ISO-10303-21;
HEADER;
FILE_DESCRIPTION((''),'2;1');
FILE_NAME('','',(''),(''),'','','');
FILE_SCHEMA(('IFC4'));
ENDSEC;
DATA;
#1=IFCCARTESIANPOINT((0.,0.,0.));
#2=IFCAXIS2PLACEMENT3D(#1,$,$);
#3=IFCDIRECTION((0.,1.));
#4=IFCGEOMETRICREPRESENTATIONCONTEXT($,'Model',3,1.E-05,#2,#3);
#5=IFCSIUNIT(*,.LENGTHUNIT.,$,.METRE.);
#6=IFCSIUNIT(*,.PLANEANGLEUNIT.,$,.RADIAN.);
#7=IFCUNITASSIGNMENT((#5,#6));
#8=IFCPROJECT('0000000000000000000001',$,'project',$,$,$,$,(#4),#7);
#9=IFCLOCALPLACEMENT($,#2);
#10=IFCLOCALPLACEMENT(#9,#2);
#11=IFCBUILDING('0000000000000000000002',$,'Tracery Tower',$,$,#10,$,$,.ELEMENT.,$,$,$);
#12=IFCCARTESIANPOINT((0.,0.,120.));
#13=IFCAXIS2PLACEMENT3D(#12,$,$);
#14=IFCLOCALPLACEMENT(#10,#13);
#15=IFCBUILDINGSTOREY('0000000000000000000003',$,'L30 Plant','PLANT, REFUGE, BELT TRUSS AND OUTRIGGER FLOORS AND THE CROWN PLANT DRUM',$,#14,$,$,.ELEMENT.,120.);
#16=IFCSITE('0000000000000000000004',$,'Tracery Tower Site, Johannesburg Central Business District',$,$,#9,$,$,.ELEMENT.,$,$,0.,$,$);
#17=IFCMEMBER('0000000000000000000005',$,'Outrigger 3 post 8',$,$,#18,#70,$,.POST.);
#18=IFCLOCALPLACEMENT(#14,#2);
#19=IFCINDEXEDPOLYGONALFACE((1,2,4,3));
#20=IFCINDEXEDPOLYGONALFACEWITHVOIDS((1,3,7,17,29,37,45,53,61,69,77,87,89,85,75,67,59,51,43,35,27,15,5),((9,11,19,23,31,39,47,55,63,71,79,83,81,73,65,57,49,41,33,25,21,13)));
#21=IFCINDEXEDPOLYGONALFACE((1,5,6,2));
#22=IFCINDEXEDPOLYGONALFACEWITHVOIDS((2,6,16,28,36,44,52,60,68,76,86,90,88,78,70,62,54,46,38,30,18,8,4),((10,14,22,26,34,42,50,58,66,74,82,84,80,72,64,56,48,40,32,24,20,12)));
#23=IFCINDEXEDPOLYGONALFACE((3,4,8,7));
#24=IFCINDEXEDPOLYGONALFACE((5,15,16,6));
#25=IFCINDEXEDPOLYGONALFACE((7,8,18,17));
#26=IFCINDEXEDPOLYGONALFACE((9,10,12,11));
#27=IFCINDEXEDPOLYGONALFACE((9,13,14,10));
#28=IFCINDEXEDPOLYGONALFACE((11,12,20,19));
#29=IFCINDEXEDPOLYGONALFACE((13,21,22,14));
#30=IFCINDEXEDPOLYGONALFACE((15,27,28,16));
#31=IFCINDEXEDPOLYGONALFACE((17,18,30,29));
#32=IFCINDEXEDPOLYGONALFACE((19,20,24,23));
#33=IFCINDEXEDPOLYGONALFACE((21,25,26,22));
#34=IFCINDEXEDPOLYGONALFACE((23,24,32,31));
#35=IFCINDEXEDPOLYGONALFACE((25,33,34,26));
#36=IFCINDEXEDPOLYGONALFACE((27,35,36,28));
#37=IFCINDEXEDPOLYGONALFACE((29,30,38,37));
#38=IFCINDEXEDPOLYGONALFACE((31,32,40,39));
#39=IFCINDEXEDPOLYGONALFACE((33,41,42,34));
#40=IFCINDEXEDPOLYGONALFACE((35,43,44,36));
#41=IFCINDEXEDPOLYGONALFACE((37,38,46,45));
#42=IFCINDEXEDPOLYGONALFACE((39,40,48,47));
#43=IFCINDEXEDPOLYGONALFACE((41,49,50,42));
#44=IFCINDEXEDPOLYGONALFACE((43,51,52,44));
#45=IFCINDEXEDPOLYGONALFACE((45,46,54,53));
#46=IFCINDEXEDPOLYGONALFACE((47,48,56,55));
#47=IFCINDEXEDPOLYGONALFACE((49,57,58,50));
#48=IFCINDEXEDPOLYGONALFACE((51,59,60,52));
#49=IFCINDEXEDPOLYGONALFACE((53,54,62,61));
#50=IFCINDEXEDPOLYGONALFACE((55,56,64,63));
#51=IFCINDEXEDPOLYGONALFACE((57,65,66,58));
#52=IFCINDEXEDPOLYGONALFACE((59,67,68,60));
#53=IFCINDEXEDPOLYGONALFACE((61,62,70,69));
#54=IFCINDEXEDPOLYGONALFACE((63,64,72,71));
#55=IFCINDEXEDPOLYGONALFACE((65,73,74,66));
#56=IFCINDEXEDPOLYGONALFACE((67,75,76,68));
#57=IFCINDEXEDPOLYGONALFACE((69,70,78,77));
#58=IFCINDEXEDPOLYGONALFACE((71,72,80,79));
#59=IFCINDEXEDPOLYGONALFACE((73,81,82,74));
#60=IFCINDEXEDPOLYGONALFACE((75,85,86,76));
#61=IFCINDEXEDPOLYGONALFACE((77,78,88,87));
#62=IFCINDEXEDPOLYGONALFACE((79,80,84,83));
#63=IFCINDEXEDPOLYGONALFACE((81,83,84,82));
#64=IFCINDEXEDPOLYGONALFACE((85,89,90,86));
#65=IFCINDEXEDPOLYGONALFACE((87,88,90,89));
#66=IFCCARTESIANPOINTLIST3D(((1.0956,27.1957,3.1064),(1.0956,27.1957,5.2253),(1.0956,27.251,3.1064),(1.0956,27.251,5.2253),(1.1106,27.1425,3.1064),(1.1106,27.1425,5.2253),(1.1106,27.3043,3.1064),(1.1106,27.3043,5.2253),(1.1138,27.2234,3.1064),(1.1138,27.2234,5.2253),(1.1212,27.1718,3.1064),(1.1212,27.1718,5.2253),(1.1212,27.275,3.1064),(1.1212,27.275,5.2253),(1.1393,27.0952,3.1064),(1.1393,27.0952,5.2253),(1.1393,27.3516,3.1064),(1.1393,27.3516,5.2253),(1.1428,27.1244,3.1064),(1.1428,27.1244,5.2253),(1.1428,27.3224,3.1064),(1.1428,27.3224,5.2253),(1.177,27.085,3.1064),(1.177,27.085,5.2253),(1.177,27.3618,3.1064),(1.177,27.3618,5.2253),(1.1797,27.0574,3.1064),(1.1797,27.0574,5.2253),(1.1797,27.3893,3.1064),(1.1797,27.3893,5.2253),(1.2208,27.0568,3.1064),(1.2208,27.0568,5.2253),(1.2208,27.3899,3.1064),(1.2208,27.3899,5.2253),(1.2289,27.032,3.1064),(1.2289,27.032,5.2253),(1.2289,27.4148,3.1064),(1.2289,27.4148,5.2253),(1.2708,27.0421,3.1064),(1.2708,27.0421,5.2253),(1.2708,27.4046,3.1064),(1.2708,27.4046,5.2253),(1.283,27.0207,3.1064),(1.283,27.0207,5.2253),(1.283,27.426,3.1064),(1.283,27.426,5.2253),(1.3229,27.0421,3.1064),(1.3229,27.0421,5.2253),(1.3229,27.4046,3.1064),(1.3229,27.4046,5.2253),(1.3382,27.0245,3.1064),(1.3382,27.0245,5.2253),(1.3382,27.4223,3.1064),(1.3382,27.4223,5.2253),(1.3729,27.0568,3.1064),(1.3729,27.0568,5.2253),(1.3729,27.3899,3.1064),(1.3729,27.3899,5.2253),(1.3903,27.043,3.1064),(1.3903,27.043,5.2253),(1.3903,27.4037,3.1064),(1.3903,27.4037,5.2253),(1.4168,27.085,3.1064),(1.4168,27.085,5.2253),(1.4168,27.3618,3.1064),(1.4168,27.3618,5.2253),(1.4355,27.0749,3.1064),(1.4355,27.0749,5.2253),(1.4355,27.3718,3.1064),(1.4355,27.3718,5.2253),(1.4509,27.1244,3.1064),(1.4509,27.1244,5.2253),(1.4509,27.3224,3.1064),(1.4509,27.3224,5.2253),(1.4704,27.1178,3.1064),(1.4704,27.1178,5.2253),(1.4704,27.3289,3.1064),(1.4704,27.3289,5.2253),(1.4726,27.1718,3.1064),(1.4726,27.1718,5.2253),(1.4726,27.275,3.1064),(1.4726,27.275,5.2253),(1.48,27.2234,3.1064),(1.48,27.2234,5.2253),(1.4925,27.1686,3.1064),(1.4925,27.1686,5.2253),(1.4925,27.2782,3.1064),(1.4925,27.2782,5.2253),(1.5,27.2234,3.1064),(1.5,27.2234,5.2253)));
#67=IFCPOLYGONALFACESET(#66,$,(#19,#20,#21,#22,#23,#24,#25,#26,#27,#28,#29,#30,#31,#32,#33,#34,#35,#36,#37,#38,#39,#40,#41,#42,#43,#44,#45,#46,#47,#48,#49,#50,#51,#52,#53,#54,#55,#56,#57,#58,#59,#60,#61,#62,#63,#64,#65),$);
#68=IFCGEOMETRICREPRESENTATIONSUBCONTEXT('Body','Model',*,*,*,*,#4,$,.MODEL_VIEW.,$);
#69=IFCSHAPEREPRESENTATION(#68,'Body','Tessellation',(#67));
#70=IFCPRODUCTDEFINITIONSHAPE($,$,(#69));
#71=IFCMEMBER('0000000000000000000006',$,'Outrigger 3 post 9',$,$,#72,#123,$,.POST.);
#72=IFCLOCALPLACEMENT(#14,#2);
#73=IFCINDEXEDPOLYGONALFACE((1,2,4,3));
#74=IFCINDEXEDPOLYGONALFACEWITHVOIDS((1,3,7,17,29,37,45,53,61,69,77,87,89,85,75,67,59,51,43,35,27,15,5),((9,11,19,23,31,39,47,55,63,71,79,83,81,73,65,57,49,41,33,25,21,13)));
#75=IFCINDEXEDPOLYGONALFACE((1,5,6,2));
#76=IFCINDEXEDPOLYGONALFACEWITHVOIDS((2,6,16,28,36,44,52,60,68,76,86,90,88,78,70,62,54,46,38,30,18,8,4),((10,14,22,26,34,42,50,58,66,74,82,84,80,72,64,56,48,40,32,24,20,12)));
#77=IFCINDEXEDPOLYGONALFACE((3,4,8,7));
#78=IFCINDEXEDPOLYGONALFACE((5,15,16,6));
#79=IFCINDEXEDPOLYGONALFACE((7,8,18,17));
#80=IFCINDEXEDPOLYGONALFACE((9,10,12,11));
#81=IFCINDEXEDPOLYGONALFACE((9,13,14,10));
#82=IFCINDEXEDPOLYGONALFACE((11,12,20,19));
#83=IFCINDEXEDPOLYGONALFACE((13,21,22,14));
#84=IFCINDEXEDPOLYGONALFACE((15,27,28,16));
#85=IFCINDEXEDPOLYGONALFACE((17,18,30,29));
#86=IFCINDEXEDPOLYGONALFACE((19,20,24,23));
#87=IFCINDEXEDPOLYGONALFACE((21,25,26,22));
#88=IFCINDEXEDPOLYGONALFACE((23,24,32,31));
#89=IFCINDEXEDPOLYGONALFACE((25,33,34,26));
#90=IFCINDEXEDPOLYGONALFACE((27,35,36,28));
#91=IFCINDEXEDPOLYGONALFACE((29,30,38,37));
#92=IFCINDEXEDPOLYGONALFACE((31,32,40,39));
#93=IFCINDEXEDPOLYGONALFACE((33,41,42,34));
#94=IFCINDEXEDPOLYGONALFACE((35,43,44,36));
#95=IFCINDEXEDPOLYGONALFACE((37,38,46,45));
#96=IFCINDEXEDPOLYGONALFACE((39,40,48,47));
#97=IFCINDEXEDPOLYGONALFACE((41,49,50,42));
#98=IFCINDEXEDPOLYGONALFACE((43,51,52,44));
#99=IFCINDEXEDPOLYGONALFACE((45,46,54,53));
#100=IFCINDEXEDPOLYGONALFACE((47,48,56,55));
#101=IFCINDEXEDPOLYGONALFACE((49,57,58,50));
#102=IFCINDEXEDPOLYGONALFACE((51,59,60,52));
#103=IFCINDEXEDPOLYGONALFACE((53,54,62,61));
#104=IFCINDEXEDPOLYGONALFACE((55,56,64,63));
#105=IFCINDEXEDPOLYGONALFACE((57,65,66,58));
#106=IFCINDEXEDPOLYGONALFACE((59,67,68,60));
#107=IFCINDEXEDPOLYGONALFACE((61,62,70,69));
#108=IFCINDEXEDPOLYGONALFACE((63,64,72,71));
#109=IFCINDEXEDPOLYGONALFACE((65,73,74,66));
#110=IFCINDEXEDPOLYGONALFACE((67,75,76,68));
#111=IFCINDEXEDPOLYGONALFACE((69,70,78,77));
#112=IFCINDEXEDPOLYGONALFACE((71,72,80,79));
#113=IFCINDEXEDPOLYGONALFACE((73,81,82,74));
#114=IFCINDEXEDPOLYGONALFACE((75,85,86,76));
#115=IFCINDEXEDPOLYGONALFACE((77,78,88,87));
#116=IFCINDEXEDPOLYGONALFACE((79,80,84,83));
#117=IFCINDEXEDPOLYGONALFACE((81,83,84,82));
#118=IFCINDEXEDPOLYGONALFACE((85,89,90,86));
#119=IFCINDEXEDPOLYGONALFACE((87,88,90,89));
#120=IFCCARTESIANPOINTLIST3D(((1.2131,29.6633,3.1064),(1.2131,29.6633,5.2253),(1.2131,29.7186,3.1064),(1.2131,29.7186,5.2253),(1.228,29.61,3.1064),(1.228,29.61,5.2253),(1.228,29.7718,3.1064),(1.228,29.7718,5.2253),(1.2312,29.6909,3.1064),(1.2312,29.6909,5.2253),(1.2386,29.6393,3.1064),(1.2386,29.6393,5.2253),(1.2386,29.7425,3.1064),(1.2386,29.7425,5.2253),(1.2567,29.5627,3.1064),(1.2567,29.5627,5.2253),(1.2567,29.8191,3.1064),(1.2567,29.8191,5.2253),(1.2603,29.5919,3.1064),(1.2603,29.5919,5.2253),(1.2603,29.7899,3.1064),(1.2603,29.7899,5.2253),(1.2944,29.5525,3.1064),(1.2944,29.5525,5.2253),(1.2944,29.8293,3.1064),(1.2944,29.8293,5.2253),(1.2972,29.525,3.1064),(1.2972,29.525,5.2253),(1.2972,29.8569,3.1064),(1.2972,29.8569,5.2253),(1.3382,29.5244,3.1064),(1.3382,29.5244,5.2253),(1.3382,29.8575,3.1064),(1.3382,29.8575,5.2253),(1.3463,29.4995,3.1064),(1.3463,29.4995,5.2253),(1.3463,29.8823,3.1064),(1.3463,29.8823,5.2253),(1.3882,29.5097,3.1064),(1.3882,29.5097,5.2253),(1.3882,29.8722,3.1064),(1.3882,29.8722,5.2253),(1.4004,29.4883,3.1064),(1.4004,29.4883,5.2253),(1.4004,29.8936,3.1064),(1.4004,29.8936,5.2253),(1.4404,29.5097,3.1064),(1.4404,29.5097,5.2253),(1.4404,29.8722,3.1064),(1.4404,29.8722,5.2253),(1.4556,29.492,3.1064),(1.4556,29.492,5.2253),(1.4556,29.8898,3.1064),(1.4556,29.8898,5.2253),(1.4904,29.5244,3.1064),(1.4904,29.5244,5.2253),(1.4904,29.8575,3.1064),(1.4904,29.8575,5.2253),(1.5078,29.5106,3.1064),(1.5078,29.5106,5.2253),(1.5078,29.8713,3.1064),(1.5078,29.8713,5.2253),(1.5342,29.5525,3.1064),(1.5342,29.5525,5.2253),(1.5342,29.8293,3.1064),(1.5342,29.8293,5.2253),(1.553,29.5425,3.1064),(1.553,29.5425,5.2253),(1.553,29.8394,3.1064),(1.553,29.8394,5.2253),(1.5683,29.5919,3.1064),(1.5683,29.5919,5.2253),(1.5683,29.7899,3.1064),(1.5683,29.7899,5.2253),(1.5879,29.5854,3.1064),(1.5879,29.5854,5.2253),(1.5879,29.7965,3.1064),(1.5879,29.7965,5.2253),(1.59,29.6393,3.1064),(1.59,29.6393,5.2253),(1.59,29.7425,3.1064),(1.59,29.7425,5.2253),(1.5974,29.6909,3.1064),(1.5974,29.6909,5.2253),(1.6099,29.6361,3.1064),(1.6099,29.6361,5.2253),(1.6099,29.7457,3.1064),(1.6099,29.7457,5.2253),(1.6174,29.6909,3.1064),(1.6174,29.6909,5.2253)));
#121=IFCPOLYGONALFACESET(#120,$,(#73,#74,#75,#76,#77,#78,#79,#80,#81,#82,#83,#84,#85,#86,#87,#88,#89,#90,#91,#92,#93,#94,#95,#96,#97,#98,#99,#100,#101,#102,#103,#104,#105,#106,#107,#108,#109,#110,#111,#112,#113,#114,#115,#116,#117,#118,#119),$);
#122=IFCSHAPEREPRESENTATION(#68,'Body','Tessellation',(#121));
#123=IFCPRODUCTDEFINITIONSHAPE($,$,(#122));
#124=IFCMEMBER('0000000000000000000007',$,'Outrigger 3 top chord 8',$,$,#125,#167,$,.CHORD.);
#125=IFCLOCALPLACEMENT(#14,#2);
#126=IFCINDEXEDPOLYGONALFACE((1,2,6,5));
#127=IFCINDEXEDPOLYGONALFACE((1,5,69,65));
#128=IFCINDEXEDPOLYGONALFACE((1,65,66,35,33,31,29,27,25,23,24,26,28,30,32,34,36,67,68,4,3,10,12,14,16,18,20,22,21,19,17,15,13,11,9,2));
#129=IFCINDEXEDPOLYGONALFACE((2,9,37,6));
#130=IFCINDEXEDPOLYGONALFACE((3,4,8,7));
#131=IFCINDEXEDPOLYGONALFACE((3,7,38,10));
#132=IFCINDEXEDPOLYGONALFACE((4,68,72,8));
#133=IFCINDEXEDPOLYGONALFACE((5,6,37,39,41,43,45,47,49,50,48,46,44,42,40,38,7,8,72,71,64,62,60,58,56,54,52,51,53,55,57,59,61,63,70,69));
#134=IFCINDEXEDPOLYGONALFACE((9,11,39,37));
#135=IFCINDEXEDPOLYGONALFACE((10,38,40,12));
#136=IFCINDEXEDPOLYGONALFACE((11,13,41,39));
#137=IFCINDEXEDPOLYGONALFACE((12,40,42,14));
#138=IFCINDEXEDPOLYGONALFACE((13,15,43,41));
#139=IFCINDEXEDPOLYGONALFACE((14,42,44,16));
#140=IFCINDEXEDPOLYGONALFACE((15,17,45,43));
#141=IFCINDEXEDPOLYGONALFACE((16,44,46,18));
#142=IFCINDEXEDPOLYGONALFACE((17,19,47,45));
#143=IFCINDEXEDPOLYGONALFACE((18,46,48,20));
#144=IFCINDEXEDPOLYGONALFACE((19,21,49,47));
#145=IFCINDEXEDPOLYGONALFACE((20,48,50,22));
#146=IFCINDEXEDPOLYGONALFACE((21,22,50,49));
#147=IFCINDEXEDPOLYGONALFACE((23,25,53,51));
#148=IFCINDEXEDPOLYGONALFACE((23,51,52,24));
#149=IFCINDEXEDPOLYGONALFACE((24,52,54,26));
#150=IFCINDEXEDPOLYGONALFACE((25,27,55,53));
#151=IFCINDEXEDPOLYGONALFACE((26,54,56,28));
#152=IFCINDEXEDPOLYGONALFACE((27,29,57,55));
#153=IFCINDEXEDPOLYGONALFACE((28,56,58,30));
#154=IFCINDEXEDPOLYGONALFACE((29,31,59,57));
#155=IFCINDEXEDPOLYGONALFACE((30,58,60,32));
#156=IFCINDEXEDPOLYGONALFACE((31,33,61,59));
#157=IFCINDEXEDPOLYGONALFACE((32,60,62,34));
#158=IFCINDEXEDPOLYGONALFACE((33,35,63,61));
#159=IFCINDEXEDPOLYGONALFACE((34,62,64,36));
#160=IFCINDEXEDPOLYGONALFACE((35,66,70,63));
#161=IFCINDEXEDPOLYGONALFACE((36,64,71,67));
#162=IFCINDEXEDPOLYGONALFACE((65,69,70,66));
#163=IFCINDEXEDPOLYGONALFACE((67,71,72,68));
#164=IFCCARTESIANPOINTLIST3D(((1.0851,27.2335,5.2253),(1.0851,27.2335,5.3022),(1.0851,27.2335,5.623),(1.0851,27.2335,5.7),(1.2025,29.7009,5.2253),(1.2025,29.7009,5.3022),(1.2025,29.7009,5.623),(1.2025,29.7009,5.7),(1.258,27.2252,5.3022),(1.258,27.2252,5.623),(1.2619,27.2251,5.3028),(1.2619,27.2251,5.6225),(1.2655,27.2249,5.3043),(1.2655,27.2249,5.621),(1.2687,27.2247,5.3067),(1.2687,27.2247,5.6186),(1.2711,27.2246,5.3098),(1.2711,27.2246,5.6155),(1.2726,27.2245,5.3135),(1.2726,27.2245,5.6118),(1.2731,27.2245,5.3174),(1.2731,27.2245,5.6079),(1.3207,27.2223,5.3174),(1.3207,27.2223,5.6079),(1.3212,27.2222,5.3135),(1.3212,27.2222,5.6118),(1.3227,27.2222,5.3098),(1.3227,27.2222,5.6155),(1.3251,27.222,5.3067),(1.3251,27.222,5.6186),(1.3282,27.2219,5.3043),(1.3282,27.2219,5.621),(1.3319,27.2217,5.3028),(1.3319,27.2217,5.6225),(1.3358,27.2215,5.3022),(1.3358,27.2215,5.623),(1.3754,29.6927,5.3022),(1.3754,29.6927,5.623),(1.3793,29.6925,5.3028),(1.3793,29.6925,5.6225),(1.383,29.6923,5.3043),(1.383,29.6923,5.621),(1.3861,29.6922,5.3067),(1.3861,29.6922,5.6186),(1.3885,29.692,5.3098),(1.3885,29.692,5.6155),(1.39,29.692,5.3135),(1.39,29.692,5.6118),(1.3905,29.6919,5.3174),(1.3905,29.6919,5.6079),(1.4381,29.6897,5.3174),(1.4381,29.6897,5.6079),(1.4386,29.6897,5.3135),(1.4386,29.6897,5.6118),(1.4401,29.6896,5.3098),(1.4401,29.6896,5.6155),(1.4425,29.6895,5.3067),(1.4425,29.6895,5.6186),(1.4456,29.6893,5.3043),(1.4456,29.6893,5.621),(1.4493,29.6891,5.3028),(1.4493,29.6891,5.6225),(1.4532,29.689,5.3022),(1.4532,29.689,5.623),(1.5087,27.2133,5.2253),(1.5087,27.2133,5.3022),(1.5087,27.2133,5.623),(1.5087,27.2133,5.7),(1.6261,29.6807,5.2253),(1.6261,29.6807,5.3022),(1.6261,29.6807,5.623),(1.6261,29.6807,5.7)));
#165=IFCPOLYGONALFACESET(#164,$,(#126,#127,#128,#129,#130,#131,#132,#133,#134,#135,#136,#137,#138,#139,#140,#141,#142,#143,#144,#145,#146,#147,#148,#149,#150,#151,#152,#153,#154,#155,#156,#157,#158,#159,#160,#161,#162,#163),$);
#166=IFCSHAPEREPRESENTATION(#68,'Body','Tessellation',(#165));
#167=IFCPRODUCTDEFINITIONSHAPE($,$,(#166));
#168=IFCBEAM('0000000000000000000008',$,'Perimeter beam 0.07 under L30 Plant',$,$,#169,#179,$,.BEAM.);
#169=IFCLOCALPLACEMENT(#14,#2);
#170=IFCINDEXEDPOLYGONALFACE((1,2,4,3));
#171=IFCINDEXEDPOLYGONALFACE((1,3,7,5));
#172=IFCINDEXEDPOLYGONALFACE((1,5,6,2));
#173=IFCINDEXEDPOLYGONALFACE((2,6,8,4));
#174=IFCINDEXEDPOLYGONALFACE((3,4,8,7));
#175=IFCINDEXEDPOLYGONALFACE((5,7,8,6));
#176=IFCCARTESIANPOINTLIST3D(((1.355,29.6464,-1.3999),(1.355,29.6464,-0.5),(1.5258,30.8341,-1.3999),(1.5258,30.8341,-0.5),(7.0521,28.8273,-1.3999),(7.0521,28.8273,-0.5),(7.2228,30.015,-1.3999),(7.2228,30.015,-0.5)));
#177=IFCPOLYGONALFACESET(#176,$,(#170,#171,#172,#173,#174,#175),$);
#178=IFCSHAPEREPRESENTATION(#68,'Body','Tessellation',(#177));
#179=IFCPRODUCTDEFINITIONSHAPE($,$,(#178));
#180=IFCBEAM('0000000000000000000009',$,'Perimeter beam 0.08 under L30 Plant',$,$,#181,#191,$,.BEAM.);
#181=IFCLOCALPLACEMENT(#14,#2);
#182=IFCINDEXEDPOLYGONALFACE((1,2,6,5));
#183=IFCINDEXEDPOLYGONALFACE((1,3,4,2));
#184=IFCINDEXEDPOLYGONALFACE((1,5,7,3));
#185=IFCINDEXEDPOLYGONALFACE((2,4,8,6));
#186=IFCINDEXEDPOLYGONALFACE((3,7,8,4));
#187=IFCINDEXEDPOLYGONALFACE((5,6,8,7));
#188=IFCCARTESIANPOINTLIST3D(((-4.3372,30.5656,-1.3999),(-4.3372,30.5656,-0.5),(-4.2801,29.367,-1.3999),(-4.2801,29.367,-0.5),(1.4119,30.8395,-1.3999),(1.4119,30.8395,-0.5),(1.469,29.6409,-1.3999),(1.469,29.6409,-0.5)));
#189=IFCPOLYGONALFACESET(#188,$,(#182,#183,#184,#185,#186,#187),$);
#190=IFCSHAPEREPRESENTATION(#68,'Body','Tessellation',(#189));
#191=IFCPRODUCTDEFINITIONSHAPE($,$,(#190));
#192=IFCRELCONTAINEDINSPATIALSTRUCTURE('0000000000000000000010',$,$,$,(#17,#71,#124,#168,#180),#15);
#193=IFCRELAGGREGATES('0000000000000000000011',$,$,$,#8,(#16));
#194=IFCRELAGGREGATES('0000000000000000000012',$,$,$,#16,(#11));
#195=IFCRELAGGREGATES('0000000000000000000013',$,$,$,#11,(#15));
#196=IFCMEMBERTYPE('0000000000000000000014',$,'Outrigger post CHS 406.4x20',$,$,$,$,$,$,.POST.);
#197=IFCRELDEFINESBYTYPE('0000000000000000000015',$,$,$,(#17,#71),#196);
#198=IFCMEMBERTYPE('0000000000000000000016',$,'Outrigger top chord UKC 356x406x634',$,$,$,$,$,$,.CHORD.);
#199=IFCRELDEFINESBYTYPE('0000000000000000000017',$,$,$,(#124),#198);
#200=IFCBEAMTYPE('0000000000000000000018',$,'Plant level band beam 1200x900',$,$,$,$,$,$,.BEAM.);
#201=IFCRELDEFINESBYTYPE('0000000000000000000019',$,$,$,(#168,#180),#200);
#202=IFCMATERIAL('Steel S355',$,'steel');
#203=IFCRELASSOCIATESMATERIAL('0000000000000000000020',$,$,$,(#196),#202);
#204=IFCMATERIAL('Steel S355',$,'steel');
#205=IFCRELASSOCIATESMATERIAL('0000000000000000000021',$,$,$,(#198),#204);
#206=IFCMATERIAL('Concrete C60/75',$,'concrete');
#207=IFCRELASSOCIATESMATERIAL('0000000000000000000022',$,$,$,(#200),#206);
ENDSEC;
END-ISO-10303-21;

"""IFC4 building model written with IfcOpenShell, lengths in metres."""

from ifc_helpers import new_model, si_unit, direction, frame, origin, origin_2d, place, context, subcontext, project, spatial, rectangle, hollow_circle, i_section, extrude, material, material_profile, profile_set, type_object, element, save


model = new_model("IFC4")

# Units and contexts
model_context = context("Model", 3, precision=1e-05, world=origin(), true_north=direction((0.0, 1.0)))
body_context = subcontext(model_context, "Body", "Model", "MODEL_VIEW")
ifc_project = project(units=[si_unit("LENGTHUNIT", "METRE"), si_unit("PLANEANGLEUNIT", "RADIAN")], contexts=[model_context])

# Site, building, storey
site_placement = place(None, origin())
site = spatial("IfcSite", under=ifc_project, at=site_placement, Name="Tracery Tower Site, Johannesburg Central Business District", CompositionType="ELEMENT", RefElevation=0.0)
building_placement = place(site_placement, origin())
building = spatial("IfcBuilding", under=site, at=building_placement, Name="Tracery Tower", CompositionType="ELEMENT")
storey_placement = place(building_placement, frame((0.0, 0.0, 120.0)))
storey = spatial("IfcBuildingStorey", under=building, at=storey_placement, Name="L30 Plant", Description="PLANT, REFUGE, BELT TRUSS AND OUTRIGGER FLOORS AND THE CROWN PLANT DRUM", CompositionType="ELEMENT", Elevation=120.0)

# Members
ifc_material_1 = material(Name="Steel S355", Category="steel")
ifc_material_profile_1 = material_profile(ifc_material_1, hollow_circle(Radius=0.2031, WallThickness=0.02, at=origin_2d()), Name="CHS 406.4x20")
ifc_profile_set_1 = profile_set([ifc_material_profile_1], Name="Steel S355")
member_type_1 = type_object("IfcMemberType", Name="Outrigger post CHS 406.4x20", PredefinedType="POST", material=ifc_profile_set_1)
for number, where, z_axis, x_axis, name in (
    (1, (1.2969, 27.2234, 3.1064), (0.0, 0.0, 1.0), (1.0, 0.0, 0.0), "Outrigger 3 post 8"),
    (2, (1.4143, 29.6909, 3.1064), (0.0, 0.0, 1.0), (1.0, 0.0, 0.0), "Outrigger 3 post 9"),
):
    element("IfcMember", number, at=place(storey_placement, frame(where, z_axis=z_axis, x_axis=x_axis)), inside=storey, type_object=member_type_1, Name=name, PredefinedType="POST", context=body_context, shape_type="SweptSolid", body=[
        extrude(hollow_circle(Radius=0.2031, WallThickness=0.02, at=origin_2d()), origin(), (0.0, 0.0, 1.0), 2.1189),
    ])
ifc_material_2 = material(Name="Steel S355", Category="steel")
ifc_material_profile_2 = material_profile(ifc_material_2, i_section(OverallWidth=0.4241, OverallDepth=0.4746, WebThickness=0.0476, FlangeThickness=0.0769, FilletRadius=0.0151, at=origin_2d()), Name="UKC 356x406x634")
ifc_profile_set_2 = profile_set([ifc_material_profile_2], Name="Steel S355")
member_type_2 = type_object("IfcMemberType", Name="Outrigger top chord UKC 356x406x634", PredefinedType="CHORD", material=ifc_profile_set_2)
member_1_placement = place(storey_placement, frame((1.2969, 27.2234, 5.4626), z_axis=(0.047537, 0.998869, 0.0), x_axis=(-0.998869, 0.047537, 0.0)))
element("IfcMember", 3, at=member_1_placement, inside=storey, type_object=member_type_2, Name="Outrigger 3 top chord 8", PredefinedType="CHORD", context=body_context, shape_type="SweptSolid", body=[
    extrude(i_section(OverallWidth=0.4241, OverallDepth=0.4746, WebThickness=0.0476, FlangeThickness=0.0769, FilletRadius=0.0151, at=origin_2d()), origin(), (0.0, 0.0, 1.0), 2.4702),
])

# Beams
ifc_material_3 = material(Name="Concrete C60/75", Category="concrete")
ifc_material_profile_3 = material_profile(ifc_material_3, rectangle(XDim=1.2, YDim=0.8999, at=origin_2d()), Name="RC 1200x900")
ifc_profile_set_3 = profile_set([ifc_material_profile_3], Name="Concrete C60/75")
beam_type = type_object("IfcBeamType", Name="Plant level band beam 1200x900", PredefinedType="BEAM", material=ifc_profile_set_3)
for number, where, z_axis, x_axis, name in (
    (4, (7.1375, 29.4211, -0.95), (-0.989822, 0.142312, 0.0), (-0.142312, -0.989822, 0.0), "Perimeter beam 0.07 under L30 Plant"),
    (5, (1.4404, 30.2402, -0.95), (-0.998867, -0.047593, 0.0), (0.047593, -0.998867, 0.0), "Perimeter beam 0.08 under L30 Plant"),
):
    element("IfcBeam", number, at=place(storey_placement, frame(where, z_axis=z_axis, x_axis=x_axis)), inside=storey, type_object=beam_type, Name=name, PredefinedType="BEAM", context=body_context, shape_type="SweptSolid", body=[
        extrude(rectangle(XDim=1.2, YDim=0.8999, at=origin_2d()), origin(), (0.0, 0.0, 1.0), 5.7556),
    ])

save(model, "model.ifc")
